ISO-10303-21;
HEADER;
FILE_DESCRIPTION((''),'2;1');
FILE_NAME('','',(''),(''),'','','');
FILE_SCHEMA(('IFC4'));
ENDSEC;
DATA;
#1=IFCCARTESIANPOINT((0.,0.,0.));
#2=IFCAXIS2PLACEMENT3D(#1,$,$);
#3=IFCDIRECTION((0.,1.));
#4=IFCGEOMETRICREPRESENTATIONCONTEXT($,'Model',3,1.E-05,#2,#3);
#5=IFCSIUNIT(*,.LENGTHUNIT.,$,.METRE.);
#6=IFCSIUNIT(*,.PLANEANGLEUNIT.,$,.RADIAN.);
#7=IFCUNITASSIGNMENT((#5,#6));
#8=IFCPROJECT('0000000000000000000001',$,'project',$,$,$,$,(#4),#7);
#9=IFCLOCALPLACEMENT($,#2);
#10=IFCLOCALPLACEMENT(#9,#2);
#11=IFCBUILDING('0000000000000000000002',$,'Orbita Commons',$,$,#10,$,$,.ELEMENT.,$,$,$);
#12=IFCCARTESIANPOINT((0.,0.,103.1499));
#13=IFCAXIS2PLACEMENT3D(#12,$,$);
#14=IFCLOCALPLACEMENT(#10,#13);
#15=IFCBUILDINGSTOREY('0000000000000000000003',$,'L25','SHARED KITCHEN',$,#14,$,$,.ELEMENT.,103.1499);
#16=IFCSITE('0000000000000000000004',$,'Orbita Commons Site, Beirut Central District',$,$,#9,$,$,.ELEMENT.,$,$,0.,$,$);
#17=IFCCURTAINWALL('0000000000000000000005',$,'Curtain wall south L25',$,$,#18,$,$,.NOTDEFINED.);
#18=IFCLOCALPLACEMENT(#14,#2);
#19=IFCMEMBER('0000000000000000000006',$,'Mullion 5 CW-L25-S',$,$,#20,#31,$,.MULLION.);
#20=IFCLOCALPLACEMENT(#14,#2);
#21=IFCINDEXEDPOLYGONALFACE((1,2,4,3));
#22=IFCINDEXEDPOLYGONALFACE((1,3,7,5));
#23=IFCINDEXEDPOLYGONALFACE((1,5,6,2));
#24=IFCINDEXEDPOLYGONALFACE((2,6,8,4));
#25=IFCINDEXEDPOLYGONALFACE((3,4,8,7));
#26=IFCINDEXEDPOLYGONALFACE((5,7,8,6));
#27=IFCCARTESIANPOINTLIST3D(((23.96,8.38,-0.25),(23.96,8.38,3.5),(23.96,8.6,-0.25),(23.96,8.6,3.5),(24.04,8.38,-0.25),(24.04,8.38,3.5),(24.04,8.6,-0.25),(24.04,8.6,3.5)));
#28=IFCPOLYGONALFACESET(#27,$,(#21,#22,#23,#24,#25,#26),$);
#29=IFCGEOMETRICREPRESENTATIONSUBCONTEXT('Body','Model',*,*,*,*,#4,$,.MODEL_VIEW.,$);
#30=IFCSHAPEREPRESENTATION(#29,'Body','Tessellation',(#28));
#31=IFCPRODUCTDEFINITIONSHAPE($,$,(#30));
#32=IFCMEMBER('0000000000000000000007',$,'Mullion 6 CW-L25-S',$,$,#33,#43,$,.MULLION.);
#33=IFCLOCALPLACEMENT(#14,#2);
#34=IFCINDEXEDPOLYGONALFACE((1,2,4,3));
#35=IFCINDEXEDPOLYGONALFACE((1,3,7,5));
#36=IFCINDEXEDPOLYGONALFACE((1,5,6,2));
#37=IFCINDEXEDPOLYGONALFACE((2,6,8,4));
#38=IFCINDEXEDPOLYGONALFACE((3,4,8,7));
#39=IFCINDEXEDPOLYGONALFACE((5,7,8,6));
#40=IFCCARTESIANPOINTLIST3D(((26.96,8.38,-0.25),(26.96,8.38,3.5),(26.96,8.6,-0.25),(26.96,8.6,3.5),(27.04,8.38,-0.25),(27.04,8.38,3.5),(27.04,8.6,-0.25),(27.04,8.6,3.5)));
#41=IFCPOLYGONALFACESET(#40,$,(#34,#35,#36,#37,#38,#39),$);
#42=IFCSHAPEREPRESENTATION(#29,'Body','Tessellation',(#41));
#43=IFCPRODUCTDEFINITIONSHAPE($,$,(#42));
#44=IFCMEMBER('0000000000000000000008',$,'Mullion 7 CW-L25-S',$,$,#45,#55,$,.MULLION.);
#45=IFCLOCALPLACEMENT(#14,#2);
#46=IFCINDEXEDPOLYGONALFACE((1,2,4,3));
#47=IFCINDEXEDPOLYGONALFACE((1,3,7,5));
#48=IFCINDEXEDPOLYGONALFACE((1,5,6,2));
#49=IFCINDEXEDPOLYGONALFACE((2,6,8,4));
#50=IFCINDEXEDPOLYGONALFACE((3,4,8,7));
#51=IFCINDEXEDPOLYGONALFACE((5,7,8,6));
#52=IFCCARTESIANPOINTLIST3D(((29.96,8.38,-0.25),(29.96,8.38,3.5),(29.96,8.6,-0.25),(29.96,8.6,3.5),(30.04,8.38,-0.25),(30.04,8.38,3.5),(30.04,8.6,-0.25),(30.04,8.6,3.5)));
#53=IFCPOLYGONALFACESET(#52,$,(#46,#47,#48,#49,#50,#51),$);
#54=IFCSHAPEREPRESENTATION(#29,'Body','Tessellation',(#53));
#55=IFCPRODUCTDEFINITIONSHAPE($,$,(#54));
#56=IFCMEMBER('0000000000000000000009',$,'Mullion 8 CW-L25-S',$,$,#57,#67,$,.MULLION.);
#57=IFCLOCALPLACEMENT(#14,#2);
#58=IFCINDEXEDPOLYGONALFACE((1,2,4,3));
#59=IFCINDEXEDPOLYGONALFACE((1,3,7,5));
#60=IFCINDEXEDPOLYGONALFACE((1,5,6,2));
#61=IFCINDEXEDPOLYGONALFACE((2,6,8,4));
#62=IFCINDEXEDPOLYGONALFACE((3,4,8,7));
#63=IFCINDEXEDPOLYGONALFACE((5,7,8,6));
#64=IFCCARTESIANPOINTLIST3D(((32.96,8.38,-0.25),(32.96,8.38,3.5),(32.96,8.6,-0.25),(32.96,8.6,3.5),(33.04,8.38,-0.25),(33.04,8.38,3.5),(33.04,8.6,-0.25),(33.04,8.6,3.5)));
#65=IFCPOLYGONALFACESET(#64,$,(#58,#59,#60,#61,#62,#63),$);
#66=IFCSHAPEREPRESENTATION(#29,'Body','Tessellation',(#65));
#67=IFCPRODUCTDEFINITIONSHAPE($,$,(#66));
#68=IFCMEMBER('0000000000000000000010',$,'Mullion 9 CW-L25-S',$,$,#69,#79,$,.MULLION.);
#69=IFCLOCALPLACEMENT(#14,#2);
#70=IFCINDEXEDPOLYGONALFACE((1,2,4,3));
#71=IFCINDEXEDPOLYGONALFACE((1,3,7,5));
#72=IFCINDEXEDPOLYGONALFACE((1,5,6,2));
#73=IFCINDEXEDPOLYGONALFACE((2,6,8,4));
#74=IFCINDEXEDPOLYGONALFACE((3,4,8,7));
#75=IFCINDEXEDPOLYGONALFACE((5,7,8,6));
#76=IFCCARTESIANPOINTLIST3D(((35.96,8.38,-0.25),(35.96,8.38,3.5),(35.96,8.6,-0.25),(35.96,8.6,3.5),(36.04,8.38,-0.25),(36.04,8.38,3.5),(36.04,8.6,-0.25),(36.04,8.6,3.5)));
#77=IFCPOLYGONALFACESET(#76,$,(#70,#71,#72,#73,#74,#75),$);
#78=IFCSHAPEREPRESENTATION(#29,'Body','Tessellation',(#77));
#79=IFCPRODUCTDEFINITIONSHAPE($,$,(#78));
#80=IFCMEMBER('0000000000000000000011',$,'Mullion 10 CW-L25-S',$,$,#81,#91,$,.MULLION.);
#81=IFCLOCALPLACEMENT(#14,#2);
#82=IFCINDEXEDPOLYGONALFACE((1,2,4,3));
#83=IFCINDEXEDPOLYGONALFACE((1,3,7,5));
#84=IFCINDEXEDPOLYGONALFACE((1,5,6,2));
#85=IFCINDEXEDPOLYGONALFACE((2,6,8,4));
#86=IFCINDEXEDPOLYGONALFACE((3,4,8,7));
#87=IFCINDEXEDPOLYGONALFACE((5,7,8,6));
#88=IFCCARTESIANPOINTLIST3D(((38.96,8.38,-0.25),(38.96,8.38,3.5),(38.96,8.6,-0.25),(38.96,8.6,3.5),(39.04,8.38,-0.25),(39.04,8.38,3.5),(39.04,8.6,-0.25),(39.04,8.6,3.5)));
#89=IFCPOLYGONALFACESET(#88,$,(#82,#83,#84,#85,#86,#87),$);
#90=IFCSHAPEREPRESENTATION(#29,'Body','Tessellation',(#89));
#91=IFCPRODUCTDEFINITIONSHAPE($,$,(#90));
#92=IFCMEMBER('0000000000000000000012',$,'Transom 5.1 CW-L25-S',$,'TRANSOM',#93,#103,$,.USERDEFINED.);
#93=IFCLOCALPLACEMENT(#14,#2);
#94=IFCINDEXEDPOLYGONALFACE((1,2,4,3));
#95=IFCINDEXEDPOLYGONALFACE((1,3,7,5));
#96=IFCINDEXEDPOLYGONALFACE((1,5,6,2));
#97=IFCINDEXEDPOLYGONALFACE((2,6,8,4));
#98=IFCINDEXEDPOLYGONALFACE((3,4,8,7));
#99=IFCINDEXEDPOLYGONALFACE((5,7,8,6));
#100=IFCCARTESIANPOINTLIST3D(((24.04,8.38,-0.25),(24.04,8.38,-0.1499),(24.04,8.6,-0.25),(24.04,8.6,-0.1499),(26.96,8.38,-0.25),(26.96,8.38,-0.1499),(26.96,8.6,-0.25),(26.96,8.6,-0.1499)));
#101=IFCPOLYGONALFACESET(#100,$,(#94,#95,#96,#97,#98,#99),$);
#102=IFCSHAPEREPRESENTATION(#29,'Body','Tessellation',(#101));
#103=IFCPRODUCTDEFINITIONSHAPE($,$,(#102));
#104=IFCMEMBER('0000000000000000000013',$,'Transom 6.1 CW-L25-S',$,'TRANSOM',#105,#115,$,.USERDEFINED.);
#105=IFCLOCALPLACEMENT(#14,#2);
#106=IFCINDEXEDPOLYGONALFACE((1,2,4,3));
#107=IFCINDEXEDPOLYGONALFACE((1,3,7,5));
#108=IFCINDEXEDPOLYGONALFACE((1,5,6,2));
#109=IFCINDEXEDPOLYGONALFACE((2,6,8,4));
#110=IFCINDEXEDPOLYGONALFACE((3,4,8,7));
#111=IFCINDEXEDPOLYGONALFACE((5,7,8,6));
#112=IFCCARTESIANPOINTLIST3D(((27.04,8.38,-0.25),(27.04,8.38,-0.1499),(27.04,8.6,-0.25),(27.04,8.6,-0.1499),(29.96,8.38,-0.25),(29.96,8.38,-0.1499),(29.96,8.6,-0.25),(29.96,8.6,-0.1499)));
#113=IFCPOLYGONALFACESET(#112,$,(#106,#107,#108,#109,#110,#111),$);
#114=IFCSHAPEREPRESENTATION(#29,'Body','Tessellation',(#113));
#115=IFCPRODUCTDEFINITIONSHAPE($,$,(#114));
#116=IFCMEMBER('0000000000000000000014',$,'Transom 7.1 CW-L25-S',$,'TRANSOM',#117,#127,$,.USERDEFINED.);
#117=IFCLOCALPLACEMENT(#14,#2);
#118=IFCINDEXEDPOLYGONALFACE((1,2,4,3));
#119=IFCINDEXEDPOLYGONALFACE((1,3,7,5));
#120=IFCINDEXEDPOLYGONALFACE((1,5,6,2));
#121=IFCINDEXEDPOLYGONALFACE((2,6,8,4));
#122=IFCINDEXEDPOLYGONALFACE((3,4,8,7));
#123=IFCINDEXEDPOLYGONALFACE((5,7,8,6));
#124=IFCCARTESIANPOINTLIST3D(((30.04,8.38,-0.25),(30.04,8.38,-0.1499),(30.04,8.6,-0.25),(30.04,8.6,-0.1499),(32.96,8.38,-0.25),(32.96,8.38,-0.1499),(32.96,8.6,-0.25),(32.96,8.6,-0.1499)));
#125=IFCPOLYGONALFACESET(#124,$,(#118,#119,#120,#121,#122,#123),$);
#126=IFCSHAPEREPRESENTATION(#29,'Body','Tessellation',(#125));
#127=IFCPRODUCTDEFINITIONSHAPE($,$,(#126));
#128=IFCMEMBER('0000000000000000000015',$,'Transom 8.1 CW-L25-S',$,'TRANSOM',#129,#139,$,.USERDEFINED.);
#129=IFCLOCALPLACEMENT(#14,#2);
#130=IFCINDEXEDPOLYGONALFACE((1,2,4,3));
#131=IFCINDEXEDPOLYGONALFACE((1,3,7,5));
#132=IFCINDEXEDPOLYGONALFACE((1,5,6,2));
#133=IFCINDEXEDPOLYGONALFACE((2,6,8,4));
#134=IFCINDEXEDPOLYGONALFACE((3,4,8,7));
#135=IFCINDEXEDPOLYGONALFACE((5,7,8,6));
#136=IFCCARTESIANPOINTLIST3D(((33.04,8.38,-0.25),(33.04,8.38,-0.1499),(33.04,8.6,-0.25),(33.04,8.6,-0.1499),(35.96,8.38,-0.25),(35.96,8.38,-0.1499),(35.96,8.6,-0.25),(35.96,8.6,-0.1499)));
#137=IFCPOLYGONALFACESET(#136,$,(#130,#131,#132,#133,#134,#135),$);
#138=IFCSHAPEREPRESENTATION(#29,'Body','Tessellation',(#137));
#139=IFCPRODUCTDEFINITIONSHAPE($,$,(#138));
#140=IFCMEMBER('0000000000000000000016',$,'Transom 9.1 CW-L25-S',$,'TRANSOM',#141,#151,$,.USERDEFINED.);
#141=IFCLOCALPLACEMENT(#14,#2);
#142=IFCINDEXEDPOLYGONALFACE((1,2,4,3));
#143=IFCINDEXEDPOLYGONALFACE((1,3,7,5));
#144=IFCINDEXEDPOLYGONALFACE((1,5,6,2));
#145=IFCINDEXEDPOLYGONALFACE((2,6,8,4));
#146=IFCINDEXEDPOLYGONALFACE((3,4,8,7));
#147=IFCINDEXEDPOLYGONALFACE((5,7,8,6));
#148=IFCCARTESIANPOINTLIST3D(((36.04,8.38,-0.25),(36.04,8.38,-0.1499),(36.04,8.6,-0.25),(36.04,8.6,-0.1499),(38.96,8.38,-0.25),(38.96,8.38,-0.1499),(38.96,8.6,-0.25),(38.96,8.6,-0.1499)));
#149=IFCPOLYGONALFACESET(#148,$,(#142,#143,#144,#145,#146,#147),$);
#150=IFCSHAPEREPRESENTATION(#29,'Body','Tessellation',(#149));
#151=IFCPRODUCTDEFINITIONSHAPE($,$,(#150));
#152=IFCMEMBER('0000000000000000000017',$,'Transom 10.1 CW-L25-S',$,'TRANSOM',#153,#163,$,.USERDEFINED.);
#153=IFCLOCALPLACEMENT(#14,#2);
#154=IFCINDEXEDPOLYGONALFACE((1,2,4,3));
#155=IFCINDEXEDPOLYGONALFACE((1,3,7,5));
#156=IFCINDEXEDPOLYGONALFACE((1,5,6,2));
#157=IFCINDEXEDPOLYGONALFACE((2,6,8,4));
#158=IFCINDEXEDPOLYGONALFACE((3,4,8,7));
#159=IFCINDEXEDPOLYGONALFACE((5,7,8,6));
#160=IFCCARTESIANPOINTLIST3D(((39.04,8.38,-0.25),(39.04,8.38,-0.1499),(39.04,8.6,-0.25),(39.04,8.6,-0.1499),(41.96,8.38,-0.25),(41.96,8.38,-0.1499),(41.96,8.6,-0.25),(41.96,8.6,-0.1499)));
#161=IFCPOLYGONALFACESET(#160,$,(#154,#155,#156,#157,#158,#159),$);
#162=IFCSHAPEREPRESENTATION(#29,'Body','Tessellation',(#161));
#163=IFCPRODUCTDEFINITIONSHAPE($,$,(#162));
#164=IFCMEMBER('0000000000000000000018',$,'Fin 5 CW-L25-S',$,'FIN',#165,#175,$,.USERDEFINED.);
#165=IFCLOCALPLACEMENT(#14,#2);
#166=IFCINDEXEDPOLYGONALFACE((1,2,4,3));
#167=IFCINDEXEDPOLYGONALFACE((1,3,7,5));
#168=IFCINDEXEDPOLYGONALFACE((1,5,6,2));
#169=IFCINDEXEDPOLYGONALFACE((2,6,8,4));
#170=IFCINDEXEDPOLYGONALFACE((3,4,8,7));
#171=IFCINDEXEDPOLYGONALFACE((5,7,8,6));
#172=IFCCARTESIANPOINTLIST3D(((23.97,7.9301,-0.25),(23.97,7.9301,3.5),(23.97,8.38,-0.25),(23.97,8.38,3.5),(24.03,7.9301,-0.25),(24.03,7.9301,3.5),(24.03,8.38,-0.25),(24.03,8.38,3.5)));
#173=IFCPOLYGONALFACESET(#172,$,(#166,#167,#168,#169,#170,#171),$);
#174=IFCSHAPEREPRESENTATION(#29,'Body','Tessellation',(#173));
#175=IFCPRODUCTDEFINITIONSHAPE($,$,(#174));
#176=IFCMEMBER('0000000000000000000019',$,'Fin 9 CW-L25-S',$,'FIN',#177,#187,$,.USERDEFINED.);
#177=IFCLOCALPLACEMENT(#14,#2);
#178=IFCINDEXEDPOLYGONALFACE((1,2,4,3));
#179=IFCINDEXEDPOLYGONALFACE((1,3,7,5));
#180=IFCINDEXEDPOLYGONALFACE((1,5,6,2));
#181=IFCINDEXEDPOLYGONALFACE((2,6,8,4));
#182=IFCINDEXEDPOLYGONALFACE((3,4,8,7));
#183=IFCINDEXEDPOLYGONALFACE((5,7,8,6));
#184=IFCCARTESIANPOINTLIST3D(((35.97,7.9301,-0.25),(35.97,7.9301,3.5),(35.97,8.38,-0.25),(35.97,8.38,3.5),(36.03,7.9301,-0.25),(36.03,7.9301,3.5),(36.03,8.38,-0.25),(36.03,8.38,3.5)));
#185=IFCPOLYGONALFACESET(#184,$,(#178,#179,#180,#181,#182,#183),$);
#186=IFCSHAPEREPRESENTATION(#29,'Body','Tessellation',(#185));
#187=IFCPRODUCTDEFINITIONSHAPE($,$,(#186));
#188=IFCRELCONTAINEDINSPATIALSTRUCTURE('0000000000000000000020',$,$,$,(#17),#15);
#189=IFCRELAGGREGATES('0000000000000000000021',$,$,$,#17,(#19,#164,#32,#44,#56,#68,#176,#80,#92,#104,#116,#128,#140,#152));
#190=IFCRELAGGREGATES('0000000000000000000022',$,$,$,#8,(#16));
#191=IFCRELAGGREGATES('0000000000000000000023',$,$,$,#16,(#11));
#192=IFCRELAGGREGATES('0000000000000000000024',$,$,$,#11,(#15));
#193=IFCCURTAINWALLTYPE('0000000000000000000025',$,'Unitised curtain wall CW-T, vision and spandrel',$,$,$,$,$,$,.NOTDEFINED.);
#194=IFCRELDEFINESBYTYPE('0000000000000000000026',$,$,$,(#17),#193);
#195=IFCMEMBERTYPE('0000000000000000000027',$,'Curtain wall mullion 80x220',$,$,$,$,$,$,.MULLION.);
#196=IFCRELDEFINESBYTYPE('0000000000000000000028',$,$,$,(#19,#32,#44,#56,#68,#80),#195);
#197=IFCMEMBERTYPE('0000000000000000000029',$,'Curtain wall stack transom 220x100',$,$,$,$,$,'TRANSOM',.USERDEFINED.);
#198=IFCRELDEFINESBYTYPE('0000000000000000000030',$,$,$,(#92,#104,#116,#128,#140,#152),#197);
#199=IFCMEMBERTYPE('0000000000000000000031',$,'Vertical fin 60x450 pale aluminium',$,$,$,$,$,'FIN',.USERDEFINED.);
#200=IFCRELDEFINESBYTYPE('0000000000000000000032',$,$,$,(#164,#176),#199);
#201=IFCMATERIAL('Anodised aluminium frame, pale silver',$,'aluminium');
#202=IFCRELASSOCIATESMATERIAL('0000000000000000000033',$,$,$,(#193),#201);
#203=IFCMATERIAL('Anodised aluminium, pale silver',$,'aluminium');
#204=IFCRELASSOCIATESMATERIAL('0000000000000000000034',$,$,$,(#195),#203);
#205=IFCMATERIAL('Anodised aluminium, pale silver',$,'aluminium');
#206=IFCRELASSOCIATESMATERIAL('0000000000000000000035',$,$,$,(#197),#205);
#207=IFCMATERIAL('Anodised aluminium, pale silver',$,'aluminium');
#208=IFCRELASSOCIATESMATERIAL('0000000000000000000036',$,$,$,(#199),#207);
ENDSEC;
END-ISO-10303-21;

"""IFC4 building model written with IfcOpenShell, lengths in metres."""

from ifc_helpers import new_model, si_unit, direction, frame, origin, origin_2d, place, context, subcontext, project, spatial, rectangle, extrude, material, material_profile, profile_set, type_object, element, aggregate, save


model = new_model("IFC4")

# Units and contexts
model_context = context("Model", 3, precision=1e-05, world=origin(), true_north=direction((0.0, 1.0)))
body_context = subcontext(model_context, "Body", "Model", "MODEL_VIEW")
ifc_project = project(units=[si_unit("LENGTHUNIT", "METRE"), si_unit("PLANEANGLEUNIT", "RADIAN")], contexts=[model_context])

# Site, building, storey
site_placement = place(None, origin())
site = spatial("IfcSite", under=ifc_project, at=site_placement, Name="Orbita Commons Site, Beirut Central District", CompositionType="ELEMENT", RefElevation=0.0)
building_placement = place(site_placement, origin())
building = spatial("IfcBuilding", under=site, at=building_placement, Name="Orbita Commons", CompositionType="ELEMENT")
storey_placement = place(building_placement, frame((0.0, 0.0, 103.1499)))
storey = spatial("IfcBuildingStorey", under=building, at=storey_placement, Name="L25", Description="SHARED KITCHEN", CompositionType="ELEMENT", Elevation=103.1499)

# Curtain wall, members
ifc_material_1 = material(Name="Anodised aluminium frame, pale silver", Category="aluminium")
curtain_wall_type = type_object("IfcCurtainWallType", Name="Unitised curtain wall CW-T, vision and spandrel", PredefinedType="NOTDEFINED", material=ifc_material_1)
curtain_wall_placement = place(storey_placement, origin())
curtain_wall = element("IfcCurtainWall", 1, at=curtain_wall_placement, inside=storey, type_object=curtain_wall_type, Name="Curtain wall south L25", PredefinedType="NOTDEFINED")
ifc_material_2 = material(Name="Anodised aluminium, pale silver", Category="aluminium")
ifc_material_profile_1 = material_profile(ifc_material_2, rectangle(XDim=0.0801, YDim=0.22, at=origin_2d()), Name="AL 80x220")
ifc_profile_set_1 = profile_set([ifc_material_profile_1], Name="Anodised aluminium, pale silver")
member_type_1 = type_object("IfcMemberType", Name="Curtain wall mullion 80x220", PredefinedType="MULLION", material=ifc_profile_set_1)
member_1_placement = place(storey_placement, frame((24.0, 8.49, -0.25), z_axis=(0.0, 0.0, 1.0), x_axis=(1.0, 0.0, 0.0)))
member_1 = element("IfcMember", 2, at=member_1_placement, type_object=member_type_1, Name="Mullion 5 CW-L25-S", PredefinedType="MULLION", context=body_context, shape_type="SweptSolid", body=[
    extrude(rectangle(XDim=0.0801, YDim=0.22, at=origin_2d()), origin(), (0.0, 0.0, 1.0), 3.75),
])
member_2_placement = place(storey_placement, frame((27.0, 8.49, -0.25), z_axis=(0.0, 0.0, 1.0), x_axis=(1.0, 0.0, 0.0)))
member_2 = element("IfcMember", 3, at=member_2_placement, type_object=member_type_1, Name="Mullion 6 CW-L25-S", PredefinedType="MULLION", context=body_context, shape_type="SweptSolid", body=[
    extrude(rectangle(XDim=0.0801, YDim=0.22, at=origin_2d()), origin(), (0.0, 0.0, 1.0), 3.75),
])
member_3_placement = place(storey_placement, frame((30.0, 8.49, -0.25), z_axis=(0.0, 0.0, 1.0), x_axis=(1.0, 0.0, 0.0)))
member_3 = element("IfcMember", 4, at=member_3_placement, type_object=member_type_1, Name="Mullion 7 CW-L25-S", PredefinedType="MULLION", context=body_context, shape_type="SweptSolid", body=[
    extrude(rectangle(XDim=0.0801, YDim=0.22, at=origin_2d()), origin(), (0.0, 0.0, 1.0), 3.75),
])
member_4_placement = place(storey_placement, frame((33.0, 8.49, -0.25), z_axis=(0.0, 0.0, 1.0), x_axis=(1.0, 0.0, 0.0)))
member_4 = element("IfcMember", 5, at=member_4_placement, type_object=member_type_1, Name="Mullion 8 CW-L25-S", PredefinedType="MULLION", context=body_context, shape_type="SweptSolid", body=[
    extrude(rectangle(XDim=0.0801, YDim=0.22, at=origin_2d()), origin(), (0.0, 0.0, 1.0), 3.75),
])
member_5_placement = place(storey_placement, frame((36.0, 8.49, -0.25), z_axis=(0.0, 0.0, 1.0), x_axis=(1.0, 0.0, 0.0)))
member_5 = element("IfcMember", 6, at=member_5_placement, type_object=member_type_1, Name="Mullion 9 CW-L25-S", PredefinedType="MULLION", context=body_context, shape_type="SweptSolid", body=[
    extrude(rectangle(XDim=0.0801, YDim=0.22, at=origin_2d()), origin(), (0.0, 0.0, 1.0), 3.75),
])
member_6_placement = place(storey_placement, frame((39.0, 8.49, -0.25), z_axis=(0.0, 0.0, 1.0), x_axis=(1.0, 0.0, 0.0)))
member_6 = element("IfcMember", 7, at=member_6_placement, type_object=member_type_1, Name="Mullion 10 CW-L25-S", PredefinedType="MULLION", context=body_context, shape_type="SweptSolid", body=[
    extrude(rectangle(XDim=0.0801, YDim=0.22, at=origin_2d()), origin(), (0.0, 0.0, 1.0), 3.75),
])
ifc_material_3 = material(Name="Anodised aluminium, pale silver", Category="aluminium")
ifc_material_profile_2 = material_profile(ifc_material_3, rectangle(XDim=0.22, YDim=0.1001, at=origin_2d()), Name="AL 220x100")
ifc_profile_set_2 = profile_set([ifc_material_profile_2], Name="Anodised aluminium, pale silver")
member_type_2 = type_object("IfcMemberType", Name="Curtain wall stack transom 220x100", ElementType="TRANSOM", PredefinedType="USERDEFINED", material=ifc_profile_set_2)
member_7_placement = place(storey_placement, frame((24.04, 8.49, -0.2), z_axis=(1.0, 0.0, 0.0), x_axis=(0.0, 1.0, 0.0)))
member_7 = element("IfcMember", 8, at=member_7_placement, type_object=member_type_2, Name="Transom 5.1 CW-L25-S", ObjectType="TRANSOM", PredefinedType="USERDEFINED", context=body_context, shape_type="SweptSolid", body=[
    extrude(rectangle(XDim=0.22, YDim=0.1001, at=origin_2d()), origin(), (0.0, 0.0, 1.0), 2.9199),
])
member_8_placement = place(storey_placement, frame((27.04, 8.49, -0.2), z_axis=(1.0, 0.0, 0.0), x_axis=(0.0, 1.0, 0.0)))
member_8 = element("IfcMember", 9, at=member_8_placement, type_object=member_type_2, Name="Transom 6.1 CW-L25-S", ObjectType="TRANSOM", PredefinedType="USERDEFINED", context=body_context, shape_type="SweptSolid", body=[
    extrude(rectangle(XDim=0.22, YDim=0.1001, at=origin_2d()), origin(), (0.0, 0.0, 1.0), 2.9199),
])
member_9_placement = place(storey_placement, frame((30.04, 8.49, -0.2), z_axis=(1.0, 0.0, 0.0), x_axis=(0.0, 1.0, 0.0)))
member_9 = element("IfcMember", 10, at=member_9_placement, type_object=member_type_2, Name="Transom 7.1 CW-L25-S", ObjectType="TRANSOM", PredefinedType="USERDEFINED", context=body_context, shape_type="SweptSolid", body=[
    extrude(rectangle(XDim=0.22, YDim=0.1001, at=origin_2d()), origin(), (0.0, 0.0, 1.0), 2.9199),
])
member_10_placement = place(storey_placement, frame((33.04, 8.49, -0.2), z_axis=(1.0, 0.0, 0.0), x_axis=(0.0, 1.0, 0.0)))
member_10 = element("IfcMember", 11, at=member_10_placement, type_object=member_type_2, Name="Transom 8.1 CW-L25-S", ObjectType="TRANSOM", PredefinedType="USERDEFINED", context=body_context, shape_type="SweptSolid", body=[
    extrude(rectangle(XDim=0.22, YDim=0.1001, at=origin_2d()), origin(), (0.0, 0.0, 1.0), 2.9199),
])
member_11_placement = place(storey_placement, frame((36.04, 8.49, -0.2), z_axis=(1.0, 0.0, 0.0), x_axis=(0.0, 1.0, 0.0)))
member_11 = element("IfcMember", 12, at=member_11_placement, type_object=member_type_2, Name="Transom 9.1 CW-L25-S", ObjectType="TRANSOM", PredefinedType="USERDEFINED", context=body_context, shape_type="SweptSolid", body=[
    extrude(rectangle(XDim=0.22, YDim=0.1001, at=origin_2d()), origin(), (0.0, 0.0, 1.0), 2.9199),
])
member_12_placement = place(storey_placement, frame((39.04, 8.49, -0.2), z_axis=(1.0, 0.0, 0.0), x_axis=(0.0, 1.0, 0.0)))
member_12 = element("IfcMember", 13, at=member_12_placement, type_object=member_type_2, Name="Transom 10.1 CW-L25-S", ObjectType="TRANSOM", PredefinedType="USERDEFINED", context=body_context, shape_type="SweptSolid", body=[
    extrude(rectangle(XDim=0.22, YDim=0.1001, at=origin_2d()), origin(), (0.0, 0.0, 1.0), 2.9199),
])
ifc_material_4 = material(Name="Anodised aluminium, pale silver", Category="aluminium")
ifc_material_profile_3 = material_profile(ifc_material_4, rectangle(XDim=0.0601, YDim=0.45, at=origin_2d()), Name="FIN 60x450")
ifc_profile_set_3 = profile_set([ifc_material_profile_3], Name="Anodised aluminium, pale silver")
member_type_3 = type_object("IfcMemberType", Name="Vertical fin 60x450 pale aluminium", ElementType="FIN", PredefinedType="USERDEFINED", material=ifc_profile_set_3)
member_13_placement = place(storey_placement, frame((24.0, 8.155, -0.25), z_axis=(0.0, 0.0, 1.0), x_axis=(1.0, 0.0, 0.0)))
member_13 = element("IfcMember", 14, at=member_13_placement, type_object=member_type_3, Name="Fin 5 CW-L25-S", ObjectType="FIN", PredefinedType="USERDEFINED", context=body_context, shape_type="SweptSolid", body=[
    extrude(rectangle(XDim=0.0601, YDim=0.45, at=origin_2d()), origin(), (0.0, 0.0, 1.0), 3.75),
])
member_14_placement = place(storey_placement, frame((36.0, 8.155, -0.25), z_axis=(0.0, 0.0, 1.0), x_axis=(1.0, 0.0, 0.0)))
member_14 = element("IfcMember", 15, at=member_14_placement, type_object=member_type_3, Name="Fin 9 CW-L25-S", ObjectType="FIN", PredefinedType="USERDEFINED", context=body_context, shape_type="SweptSolid", body=[
    extrude(rectangle(XDim=0.0601, YDim=0.45, at=origin_2d()), origin(), (0.0, 0.0, 1.0), 3.75),
])
aggregate(curtain_wall, [member_1, member_13, member_2, member_3, member_4, member_5, member_14, member_6, member_7, member_8, member_9, member_10, member_11, member_12])

save(model, "model.ifc")
